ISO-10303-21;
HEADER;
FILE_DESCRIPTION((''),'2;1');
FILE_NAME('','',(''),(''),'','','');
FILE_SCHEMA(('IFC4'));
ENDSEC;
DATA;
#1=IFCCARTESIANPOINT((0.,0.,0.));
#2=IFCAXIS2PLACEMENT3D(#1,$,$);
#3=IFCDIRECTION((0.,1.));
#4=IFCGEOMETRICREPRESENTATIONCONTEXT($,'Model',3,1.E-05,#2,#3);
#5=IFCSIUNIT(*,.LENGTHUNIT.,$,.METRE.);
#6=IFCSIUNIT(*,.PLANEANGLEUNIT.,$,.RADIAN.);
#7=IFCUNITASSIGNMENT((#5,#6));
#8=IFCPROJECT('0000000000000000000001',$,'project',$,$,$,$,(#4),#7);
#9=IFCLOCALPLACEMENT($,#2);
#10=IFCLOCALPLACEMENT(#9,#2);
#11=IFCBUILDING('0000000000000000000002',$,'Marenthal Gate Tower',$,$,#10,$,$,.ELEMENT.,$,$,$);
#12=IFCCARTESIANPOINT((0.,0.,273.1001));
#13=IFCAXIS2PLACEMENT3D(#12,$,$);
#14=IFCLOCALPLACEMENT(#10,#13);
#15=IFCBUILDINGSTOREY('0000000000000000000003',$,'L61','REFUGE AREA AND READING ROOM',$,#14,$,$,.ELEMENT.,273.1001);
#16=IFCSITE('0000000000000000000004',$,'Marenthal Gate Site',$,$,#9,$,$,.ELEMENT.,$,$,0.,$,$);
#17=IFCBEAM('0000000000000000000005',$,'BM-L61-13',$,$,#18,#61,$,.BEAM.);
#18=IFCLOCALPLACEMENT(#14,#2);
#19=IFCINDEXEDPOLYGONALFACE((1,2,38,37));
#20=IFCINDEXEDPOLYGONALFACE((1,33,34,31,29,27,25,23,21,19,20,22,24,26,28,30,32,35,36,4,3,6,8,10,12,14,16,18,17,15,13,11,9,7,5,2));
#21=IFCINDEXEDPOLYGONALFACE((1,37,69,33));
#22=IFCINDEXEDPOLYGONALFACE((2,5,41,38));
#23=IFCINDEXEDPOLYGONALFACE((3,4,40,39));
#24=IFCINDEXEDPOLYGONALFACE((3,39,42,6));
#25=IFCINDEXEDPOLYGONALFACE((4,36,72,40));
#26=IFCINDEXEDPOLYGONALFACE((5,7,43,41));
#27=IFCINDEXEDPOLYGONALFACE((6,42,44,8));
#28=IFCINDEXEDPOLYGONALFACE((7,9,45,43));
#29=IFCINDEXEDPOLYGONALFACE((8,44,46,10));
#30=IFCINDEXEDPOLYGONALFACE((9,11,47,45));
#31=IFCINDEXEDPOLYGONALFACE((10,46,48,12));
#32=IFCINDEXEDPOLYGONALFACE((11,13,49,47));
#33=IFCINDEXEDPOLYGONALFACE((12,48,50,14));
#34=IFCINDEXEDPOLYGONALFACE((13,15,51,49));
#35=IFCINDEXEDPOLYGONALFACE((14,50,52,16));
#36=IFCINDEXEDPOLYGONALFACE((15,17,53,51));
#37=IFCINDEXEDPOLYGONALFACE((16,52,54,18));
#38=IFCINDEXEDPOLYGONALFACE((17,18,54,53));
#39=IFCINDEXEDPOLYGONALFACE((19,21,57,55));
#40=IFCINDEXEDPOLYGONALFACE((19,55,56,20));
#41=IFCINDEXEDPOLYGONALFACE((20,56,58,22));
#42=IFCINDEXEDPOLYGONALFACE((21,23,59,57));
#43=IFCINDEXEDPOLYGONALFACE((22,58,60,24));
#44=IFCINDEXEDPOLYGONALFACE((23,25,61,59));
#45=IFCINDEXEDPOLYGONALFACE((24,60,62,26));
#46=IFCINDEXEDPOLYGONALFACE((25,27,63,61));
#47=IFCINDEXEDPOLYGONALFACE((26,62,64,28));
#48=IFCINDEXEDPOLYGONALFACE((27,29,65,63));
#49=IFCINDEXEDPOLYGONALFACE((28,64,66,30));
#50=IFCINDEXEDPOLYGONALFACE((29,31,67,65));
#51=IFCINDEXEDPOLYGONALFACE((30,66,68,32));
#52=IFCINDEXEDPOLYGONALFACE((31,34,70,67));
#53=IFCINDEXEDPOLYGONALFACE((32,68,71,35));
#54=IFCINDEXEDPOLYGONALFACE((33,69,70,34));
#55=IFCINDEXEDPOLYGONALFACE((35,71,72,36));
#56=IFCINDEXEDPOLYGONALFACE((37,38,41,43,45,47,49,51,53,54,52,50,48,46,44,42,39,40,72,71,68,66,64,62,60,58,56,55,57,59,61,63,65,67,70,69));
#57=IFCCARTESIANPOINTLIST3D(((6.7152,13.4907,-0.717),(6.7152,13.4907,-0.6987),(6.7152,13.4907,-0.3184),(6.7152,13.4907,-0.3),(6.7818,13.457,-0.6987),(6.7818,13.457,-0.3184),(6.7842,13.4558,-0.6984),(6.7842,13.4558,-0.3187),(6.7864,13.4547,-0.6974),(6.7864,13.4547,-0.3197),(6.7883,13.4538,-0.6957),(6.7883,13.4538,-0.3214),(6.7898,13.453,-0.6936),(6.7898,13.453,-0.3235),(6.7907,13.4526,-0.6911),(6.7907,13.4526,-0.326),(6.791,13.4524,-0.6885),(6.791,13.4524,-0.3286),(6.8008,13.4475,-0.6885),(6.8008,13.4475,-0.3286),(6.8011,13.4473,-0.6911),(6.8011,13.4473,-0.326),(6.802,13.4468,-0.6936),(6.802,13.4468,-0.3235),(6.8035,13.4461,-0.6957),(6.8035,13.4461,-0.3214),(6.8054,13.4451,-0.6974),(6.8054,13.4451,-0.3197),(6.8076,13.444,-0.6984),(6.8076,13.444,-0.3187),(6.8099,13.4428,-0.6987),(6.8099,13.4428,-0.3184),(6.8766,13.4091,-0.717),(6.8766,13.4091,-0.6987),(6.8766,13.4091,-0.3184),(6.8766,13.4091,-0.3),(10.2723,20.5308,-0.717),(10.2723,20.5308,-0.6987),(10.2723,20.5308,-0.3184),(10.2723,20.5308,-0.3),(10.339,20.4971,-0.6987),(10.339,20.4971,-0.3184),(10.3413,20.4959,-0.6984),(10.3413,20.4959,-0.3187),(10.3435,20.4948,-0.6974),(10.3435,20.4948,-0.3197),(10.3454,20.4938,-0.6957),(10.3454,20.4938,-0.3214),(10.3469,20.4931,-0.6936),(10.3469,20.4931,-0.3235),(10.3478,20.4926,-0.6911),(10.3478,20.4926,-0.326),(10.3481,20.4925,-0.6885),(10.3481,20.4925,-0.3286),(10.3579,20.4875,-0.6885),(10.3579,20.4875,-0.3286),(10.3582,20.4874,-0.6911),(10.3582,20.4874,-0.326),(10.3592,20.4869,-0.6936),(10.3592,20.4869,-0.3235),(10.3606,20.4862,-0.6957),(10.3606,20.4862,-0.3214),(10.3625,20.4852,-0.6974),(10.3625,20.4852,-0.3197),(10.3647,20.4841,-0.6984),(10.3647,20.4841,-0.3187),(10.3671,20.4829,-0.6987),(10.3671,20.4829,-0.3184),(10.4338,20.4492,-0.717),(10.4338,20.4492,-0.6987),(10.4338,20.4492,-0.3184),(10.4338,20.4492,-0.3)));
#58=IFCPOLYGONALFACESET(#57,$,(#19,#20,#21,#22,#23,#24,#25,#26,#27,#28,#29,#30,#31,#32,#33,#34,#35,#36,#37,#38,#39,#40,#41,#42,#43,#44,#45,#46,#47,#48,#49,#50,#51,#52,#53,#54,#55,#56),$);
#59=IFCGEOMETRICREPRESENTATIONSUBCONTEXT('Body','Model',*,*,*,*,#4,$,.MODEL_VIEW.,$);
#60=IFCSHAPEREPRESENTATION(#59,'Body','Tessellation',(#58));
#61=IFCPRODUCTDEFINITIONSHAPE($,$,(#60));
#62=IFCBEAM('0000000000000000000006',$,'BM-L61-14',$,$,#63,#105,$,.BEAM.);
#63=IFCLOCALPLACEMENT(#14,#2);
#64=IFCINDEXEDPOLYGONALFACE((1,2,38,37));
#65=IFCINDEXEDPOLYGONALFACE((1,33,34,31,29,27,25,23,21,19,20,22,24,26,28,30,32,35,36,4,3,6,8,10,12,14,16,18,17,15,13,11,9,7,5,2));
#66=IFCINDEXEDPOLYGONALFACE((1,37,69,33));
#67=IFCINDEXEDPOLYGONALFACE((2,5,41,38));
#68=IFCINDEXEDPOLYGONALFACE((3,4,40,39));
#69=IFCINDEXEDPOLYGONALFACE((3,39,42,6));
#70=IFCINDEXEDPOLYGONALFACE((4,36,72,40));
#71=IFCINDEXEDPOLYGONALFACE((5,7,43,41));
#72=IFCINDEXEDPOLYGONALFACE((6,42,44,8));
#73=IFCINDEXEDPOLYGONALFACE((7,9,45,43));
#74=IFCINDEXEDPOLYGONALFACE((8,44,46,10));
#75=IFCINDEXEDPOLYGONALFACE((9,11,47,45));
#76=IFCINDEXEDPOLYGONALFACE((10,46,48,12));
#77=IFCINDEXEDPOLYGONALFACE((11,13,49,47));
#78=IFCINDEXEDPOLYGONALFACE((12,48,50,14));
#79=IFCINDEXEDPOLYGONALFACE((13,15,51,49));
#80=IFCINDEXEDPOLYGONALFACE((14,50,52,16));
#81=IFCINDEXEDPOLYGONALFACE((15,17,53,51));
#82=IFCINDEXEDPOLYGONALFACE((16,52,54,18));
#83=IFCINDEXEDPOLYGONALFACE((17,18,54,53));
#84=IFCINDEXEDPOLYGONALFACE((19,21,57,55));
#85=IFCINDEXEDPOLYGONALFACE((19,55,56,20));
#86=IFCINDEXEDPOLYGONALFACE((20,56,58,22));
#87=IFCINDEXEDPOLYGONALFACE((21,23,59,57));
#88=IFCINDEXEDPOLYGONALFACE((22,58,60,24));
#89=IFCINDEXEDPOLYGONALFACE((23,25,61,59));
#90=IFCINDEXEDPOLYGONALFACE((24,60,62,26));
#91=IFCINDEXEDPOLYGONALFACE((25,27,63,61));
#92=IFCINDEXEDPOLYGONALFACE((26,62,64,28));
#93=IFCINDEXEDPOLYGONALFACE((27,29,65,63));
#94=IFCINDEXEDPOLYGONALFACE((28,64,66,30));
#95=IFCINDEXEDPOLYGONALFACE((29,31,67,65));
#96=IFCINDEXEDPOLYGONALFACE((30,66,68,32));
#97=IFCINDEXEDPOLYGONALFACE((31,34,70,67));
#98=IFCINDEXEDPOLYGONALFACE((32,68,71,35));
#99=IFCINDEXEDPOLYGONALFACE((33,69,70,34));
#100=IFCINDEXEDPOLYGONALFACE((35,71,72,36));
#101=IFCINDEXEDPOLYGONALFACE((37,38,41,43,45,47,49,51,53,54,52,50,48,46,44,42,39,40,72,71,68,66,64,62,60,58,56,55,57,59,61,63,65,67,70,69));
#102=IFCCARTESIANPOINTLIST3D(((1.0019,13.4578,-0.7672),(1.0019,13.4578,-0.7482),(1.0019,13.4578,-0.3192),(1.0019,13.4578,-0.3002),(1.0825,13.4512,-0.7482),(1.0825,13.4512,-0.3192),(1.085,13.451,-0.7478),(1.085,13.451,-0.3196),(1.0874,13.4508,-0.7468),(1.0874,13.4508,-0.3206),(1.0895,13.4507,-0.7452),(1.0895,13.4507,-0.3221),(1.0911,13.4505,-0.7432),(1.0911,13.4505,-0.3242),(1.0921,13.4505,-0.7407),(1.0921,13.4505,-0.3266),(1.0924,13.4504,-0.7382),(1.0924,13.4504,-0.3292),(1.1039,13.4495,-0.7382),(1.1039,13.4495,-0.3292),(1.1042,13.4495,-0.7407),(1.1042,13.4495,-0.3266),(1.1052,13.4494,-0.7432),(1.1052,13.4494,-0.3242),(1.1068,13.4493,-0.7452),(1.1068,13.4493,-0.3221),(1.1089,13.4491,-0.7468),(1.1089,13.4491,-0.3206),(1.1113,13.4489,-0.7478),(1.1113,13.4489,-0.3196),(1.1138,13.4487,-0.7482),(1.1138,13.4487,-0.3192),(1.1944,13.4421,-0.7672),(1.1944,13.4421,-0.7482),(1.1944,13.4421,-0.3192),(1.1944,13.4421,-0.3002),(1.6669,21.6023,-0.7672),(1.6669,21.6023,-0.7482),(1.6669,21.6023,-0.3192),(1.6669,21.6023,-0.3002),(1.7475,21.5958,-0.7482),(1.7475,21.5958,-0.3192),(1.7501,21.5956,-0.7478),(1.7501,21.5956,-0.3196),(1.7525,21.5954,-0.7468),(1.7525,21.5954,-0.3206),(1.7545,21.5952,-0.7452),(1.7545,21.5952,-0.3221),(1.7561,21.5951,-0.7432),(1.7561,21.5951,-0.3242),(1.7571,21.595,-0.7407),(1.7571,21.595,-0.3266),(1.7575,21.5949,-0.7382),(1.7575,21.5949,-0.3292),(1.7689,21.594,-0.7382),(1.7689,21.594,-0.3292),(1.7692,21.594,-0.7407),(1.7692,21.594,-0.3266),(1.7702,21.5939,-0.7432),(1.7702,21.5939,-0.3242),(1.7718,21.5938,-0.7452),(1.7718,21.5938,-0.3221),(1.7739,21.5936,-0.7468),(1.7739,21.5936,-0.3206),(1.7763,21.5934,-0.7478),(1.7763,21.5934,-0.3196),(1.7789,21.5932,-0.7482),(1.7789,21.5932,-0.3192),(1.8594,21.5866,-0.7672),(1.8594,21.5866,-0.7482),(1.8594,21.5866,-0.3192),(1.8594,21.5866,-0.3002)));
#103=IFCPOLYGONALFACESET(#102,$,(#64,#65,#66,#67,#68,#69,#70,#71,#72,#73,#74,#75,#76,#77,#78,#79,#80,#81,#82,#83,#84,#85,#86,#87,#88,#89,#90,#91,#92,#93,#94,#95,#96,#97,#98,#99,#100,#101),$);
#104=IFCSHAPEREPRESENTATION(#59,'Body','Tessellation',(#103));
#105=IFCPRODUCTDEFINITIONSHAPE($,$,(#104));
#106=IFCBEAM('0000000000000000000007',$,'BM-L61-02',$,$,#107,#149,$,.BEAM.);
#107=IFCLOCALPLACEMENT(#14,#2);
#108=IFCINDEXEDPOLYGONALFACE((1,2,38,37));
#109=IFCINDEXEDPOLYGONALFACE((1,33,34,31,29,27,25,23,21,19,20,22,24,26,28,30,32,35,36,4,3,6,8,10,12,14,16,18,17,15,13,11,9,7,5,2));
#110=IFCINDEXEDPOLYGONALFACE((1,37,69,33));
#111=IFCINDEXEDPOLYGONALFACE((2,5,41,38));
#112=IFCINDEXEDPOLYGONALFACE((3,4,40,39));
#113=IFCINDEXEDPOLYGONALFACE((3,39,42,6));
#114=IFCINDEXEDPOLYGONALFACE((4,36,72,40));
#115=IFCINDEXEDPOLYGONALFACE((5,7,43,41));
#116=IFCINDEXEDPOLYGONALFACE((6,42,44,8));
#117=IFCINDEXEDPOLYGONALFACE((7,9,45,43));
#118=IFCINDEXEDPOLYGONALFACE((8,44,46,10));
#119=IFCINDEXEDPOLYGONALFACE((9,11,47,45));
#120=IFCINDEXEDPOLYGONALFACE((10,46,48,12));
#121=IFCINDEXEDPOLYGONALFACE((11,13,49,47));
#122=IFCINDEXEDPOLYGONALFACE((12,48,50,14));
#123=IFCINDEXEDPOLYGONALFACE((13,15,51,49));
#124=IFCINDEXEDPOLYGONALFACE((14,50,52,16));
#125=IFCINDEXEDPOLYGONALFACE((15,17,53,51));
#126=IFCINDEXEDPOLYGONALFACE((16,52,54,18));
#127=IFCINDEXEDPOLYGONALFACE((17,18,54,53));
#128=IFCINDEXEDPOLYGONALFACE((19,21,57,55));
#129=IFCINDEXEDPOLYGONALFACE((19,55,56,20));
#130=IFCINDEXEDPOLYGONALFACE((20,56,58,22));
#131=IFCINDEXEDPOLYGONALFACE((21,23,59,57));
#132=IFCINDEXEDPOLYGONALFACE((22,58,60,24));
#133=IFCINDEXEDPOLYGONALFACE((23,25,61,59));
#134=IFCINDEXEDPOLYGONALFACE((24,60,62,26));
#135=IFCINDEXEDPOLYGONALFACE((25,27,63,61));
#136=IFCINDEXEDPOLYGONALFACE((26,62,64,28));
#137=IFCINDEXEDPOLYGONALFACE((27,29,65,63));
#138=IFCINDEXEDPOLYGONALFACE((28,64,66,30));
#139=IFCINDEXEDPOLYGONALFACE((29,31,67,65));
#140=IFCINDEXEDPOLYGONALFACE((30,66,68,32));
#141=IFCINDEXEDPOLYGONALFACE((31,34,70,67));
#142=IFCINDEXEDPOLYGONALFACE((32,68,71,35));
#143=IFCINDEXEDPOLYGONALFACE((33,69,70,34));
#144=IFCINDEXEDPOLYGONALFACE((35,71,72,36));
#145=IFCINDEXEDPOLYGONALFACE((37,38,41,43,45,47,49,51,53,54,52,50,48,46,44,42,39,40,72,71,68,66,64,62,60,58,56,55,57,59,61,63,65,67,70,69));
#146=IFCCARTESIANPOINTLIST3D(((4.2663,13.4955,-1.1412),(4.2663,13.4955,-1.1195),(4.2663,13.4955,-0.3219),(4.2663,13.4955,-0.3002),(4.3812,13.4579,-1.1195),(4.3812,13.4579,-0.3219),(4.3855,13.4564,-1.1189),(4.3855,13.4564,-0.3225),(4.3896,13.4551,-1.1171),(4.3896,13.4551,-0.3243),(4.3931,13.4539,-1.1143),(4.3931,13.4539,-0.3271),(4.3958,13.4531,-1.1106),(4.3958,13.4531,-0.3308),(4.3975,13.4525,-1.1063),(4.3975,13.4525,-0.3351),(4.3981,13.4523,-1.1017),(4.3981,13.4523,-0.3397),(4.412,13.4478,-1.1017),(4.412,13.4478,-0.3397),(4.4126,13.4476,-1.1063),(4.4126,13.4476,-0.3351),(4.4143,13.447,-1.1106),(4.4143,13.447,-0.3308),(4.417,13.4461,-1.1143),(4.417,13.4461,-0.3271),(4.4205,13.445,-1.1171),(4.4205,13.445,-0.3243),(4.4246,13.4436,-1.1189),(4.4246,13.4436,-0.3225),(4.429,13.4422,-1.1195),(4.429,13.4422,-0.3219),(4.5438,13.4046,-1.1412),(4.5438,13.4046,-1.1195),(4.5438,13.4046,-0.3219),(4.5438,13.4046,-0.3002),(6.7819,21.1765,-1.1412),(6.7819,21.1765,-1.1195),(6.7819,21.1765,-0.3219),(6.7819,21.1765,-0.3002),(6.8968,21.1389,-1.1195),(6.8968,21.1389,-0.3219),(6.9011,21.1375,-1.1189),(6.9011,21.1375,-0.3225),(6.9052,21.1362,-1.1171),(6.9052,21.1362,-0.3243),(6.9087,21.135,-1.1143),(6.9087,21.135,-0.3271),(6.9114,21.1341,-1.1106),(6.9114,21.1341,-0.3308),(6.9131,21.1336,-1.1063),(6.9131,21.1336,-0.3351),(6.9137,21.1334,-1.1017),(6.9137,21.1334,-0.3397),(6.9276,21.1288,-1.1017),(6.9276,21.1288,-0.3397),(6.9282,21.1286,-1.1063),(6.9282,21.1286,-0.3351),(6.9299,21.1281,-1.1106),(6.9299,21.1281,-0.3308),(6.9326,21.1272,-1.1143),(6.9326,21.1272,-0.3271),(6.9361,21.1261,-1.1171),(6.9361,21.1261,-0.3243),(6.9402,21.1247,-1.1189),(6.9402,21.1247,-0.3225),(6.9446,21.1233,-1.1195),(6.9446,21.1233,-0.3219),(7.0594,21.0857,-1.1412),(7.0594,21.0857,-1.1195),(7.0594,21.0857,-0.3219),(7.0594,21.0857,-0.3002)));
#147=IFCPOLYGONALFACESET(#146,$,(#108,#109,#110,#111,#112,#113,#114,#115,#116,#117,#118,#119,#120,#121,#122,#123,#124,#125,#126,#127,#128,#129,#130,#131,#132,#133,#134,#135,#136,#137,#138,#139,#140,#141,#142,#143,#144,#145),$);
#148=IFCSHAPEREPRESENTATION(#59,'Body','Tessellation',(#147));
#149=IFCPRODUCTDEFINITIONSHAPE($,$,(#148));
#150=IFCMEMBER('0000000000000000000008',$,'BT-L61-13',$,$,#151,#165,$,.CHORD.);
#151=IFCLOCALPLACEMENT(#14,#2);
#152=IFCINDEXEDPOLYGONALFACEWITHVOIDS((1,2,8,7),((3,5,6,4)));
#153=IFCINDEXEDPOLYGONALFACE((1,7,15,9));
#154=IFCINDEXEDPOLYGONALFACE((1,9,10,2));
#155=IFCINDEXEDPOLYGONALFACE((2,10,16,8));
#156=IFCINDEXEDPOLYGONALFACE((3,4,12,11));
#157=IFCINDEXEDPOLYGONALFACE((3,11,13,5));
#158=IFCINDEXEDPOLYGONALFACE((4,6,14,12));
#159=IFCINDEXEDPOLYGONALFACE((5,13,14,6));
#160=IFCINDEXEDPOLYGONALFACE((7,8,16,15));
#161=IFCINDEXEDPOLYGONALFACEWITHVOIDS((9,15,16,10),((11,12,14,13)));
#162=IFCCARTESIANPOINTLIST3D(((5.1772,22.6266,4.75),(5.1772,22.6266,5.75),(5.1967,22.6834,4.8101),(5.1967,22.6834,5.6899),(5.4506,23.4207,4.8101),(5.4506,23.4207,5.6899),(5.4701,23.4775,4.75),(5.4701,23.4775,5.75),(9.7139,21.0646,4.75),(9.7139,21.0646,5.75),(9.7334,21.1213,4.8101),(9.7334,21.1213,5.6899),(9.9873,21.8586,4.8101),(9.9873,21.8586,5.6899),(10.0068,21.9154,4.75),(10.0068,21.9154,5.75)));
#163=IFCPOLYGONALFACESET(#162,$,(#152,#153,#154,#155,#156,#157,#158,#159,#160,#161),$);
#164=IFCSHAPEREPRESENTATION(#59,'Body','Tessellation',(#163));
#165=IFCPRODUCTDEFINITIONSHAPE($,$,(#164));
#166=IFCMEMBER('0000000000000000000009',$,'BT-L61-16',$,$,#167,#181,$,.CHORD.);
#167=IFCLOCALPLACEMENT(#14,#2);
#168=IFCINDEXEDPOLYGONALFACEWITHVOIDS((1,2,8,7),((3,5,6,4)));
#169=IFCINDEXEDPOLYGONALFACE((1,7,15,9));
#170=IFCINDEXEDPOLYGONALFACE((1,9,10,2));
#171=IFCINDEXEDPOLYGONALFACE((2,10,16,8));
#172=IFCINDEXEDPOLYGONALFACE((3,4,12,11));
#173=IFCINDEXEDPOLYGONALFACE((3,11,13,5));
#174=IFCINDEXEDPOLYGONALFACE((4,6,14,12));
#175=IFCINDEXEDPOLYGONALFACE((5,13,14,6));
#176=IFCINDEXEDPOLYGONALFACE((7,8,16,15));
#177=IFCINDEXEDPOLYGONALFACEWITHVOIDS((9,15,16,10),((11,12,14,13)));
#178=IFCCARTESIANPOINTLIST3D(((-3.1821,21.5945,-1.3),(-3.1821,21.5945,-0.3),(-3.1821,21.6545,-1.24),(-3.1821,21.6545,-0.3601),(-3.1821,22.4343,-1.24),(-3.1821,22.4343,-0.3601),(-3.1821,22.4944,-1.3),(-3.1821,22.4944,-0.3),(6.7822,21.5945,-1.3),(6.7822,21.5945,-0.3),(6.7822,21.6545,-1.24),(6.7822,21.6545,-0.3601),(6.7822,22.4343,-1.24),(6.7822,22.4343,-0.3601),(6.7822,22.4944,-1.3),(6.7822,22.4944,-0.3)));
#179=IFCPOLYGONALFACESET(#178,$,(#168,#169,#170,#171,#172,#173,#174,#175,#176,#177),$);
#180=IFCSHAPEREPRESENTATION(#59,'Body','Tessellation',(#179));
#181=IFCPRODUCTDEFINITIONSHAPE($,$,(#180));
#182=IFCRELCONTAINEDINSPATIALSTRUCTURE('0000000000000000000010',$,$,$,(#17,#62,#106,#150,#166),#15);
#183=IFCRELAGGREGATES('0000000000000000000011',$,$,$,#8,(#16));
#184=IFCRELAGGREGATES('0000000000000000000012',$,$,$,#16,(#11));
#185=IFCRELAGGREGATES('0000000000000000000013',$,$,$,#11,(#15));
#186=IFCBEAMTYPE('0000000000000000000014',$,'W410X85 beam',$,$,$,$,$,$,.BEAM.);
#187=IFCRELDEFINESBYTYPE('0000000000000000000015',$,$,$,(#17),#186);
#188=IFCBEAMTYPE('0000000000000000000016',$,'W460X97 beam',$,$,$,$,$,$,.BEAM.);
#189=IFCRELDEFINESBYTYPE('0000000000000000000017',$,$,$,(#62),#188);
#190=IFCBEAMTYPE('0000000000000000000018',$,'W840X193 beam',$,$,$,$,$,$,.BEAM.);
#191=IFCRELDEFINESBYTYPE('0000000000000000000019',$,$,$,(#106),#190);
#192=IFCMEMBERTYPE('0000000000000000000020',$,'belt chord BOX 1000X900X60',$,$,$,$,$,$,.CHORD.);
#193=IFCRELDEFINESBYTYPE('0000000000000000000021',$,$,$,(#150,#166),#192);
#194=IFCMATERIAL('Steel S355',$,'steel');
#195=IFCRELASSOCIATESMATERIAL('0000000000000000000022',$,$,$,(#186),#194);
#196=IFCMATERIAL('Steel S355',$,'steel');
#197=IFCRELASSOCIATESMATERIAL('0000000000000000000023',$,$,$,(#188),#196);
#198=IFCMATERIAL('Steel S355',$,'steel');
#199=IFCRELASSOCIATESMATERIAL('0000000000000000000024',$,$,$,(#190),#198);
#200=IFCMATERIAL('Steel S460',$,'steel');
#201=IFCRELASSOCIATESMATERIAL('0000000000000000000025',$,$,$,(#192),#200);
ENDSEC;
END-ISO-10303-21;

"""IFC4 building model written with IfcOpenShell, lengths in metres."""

from ifc_helpers import new_model, si_unit, direction, frame, origin, origin_2d, place, context, subcontext, project, spatial, hollow_rectangle, i_section, extrude, material, material_profile, profile_set, type_object, element, save


model = new_model("IFC4")

# Units and contexts
model_context = context("Model", 3, precision=1e-05, world=origin(), true_north=direction((0.0, 1.0)))
body_context = subcontext(model_context, "Body", "Model", "MODEL_VIEW")
ifc_project = project(units=[si_unit("LENGTHUNIT", "METRE"), si_unit("PLANEANGLEUNIT", "RADIAN")], contexts=[model_context])

# Site, building, storey
site_placement = place(None, origin())
site = spatial("IfcSite", under=ifc_project, at=site_placement, Name="Marenthal Gate Site", CompositionType="ELEMENT", RefElevation=0.0)
building_placement = place(site_placement, origin())
building = spatial("IfcBuilding", under=site, at=building_placement, Name="Marenthal Gate Tower", CompositionType="ELEMENT")
storey_placement = place(building_placement, frame((0.0, 0.0, 273.1001)))
storey = spatial("IfcBuildingStorey", under=building, at=storey_placement, Name="L61", Description="REFUGE AREA AND READING ROOM", CompositionType="ELEMENT", Elevation=273.1001)

# Beams
ifc_material_1 = material(Name="Steel S355", Category="steel")
ifc_material_profile_1 = material_profile(ifc_material_1, i_section(OverallWidth=0.1809, OverallDepth=0.417, WebThickness=0.011, FlangeThickness=0.0183, FilletRadius=0.0103, at=origin_2d()), Name="W410X85")
ifc_profile_set_1 = profile_set([ifc_material_profile_1], Name="Steel S355")
beam_type_1 = type_object("IfcBeamType", Name="W410X85 beam", PredefinedType="BEAM", material=ifc_profile_set_1)
beam_1_placement = place(storey_placement, frame((10.353, 20.49, -0.5085), z_axis=(-0.450973, -0.892537, 0.0), x_axis=(0.892537, -0.450973, 0.0)))
element("IfcBeam", 1, at=beam_1_placement, inside=storey, type_object=beam_type_1, Name="BM-L61-13", PredefinedType="BEAM", context=body_context, shape_type="SweptSolid", body=[
    extrude(i_section(OverallWidth=0.1809, OverallDepth=0.417, WebThickness=0.011, FlangeThickness=0.0183, FilletRadius=0.0103, at=origin_2d()), origin(), (0.0, 0.0, 1.0), 7.8877),
])
ifc_material_2 = material(Name="Steel S355", Category="steel")
ifc_material_profile_2 = material_profile(ifc_material_2, i_section(OverallWidth=0.1931, OverallDepth=0.467, WebThickness=0.0115, FlangeThickness=0.019, FilletRadius=0.01, at=origin_2d()), Name="W460X97")
ifc_profile_set_2 = profile_set([ifc_material_profile_2], Name="Steel S355")
beam_type_2 = type_object("IfcBeamType", Name="W460X97 beam", PredefinedType="BEAM", material=ifc_profile_set_2)
beam_2_placement = place(storey_placement, frame((1.7632, 21.5945, -0.5337), z_axis=(-0.081384, -0.996683, 0.0), x_axis=(0.996683, -0.081384, 0.0)))
element("IfcBeam", 2, at=beam_2_placement, inside=storey, type_object=beam_type_2, Name="BM-L61-14", PredefinedType="BEAM", context=body_context, shape_type="SweptSolid", body=[
    extrude(i_section(OverallWidth=0.1931, OverallDepth=0.467, WebThickness=0.0115, FlangeThickness=0.019, FilletRadius=0.01, at=origin_2d()), origin(), (0.0, 0.0, 1.0), 8.1716),
])
ifc_material_3 = material(Name="Steel S355", Category="steel")
ifc_material_profile_3 = material_profile(ifc_material_3, i_section(OverallWidth=0.292, OverallDepth=0.8411, WebThickness=0.0146, FlangeThickness=0.0217, FilletRadius=0.0178, at=origin_2d()), Name="W840X193")
ifc_profile_set_3 = profile_set([ifc_material_profile_3], Name="Steel S355")
beam_type_3 = type_object("IfcBeamType", Name="W840X193 beam", PredefinedType="BEAM", material=ifc_profile_set_3)
beam_3_placement = place(storey_placement, frame((6.9207, 21.1311, -0.7207), z_axis=(-0.311239, -0.950332, 0.0), x_axis=(0.950332, -0.311239, 0.0)))
element("IfcBeam", 3, at=beam_3_placement, inside=storey, type_object=beam_type_3, Name="BM-L61-02", PredefinedType="BEAM", context=body_context, shape_type="SweptSolid", body=[
    extrude(i_section(OverallWidth=0.292, OverallDepth=0.8411, WebThickness=0.0146, FlangeThickness=0.0217, FilletRadius=0.0178, at=origin_2d()), origin(), (0.0, 0.0, 1.0), 8.0825),
])

# Members
ifc_material_4 = material(Name="Steel S460", Category="steel")
ifc_material_profile_4 = material_profile(ifc_material_4, hollow_rectangle(XDim=0.8999, YDim=1.0, WallThickness=0.0601, at=origin_2d()), Name="BOX 1000X900X60")
ifc_profile_set_4 = profile_set([ifc_material_profile_4], Name="Steel S460")
member_type_1 = type_object("IfcMemberType", Name="belt chord BOX 1000X900X60", PredefinedType="CHORD", material=ifc_profile_set_4)
member_1_placement = place(storey_placement, frame((9.8604, 21.49, 5.25), z_axis=(-0.945523, 0.325555, 0.0), x_axis=(-0.325555, -0.945523, 0.0)))
element("IfcMember", 4, at=member_1_placement, inside=storey, type_object=member_type_1, Name="BT-L61-13", PredefinedType="CHORD", context=body_context, shape_type="SweptSolid", body=[
    extrude(hollow_rectangle(XDim=0.8999, YDim=1.0, WallThickness=0.0601, at=origin_2d()), origin(), (0.0, 0.0, 1.0), 4.7981),
])
member_2_placement = place(storey_placement, frame((6.7822, 22.0444, -0.8), z_axis=(-1.0, 0.0, 0.0), x_axis=(0.0, -1.0, 0.0)))
element("IfcMember", 5, at=member_2_placement, inside=storey, type_object=member_type_1, Name="BT-L61-16", PredefinedType="CHORD", context=body_context, shape_type="SweptSolid", body=[
    extrude(hollow_rectangle(XDim=0.8999, YDim=1.0, WallThickness=0.0601, at=origin_2d()), origin(), (0.0, 0.0, 1.0), 9.9644),
])

save(model, "model.ifc")
